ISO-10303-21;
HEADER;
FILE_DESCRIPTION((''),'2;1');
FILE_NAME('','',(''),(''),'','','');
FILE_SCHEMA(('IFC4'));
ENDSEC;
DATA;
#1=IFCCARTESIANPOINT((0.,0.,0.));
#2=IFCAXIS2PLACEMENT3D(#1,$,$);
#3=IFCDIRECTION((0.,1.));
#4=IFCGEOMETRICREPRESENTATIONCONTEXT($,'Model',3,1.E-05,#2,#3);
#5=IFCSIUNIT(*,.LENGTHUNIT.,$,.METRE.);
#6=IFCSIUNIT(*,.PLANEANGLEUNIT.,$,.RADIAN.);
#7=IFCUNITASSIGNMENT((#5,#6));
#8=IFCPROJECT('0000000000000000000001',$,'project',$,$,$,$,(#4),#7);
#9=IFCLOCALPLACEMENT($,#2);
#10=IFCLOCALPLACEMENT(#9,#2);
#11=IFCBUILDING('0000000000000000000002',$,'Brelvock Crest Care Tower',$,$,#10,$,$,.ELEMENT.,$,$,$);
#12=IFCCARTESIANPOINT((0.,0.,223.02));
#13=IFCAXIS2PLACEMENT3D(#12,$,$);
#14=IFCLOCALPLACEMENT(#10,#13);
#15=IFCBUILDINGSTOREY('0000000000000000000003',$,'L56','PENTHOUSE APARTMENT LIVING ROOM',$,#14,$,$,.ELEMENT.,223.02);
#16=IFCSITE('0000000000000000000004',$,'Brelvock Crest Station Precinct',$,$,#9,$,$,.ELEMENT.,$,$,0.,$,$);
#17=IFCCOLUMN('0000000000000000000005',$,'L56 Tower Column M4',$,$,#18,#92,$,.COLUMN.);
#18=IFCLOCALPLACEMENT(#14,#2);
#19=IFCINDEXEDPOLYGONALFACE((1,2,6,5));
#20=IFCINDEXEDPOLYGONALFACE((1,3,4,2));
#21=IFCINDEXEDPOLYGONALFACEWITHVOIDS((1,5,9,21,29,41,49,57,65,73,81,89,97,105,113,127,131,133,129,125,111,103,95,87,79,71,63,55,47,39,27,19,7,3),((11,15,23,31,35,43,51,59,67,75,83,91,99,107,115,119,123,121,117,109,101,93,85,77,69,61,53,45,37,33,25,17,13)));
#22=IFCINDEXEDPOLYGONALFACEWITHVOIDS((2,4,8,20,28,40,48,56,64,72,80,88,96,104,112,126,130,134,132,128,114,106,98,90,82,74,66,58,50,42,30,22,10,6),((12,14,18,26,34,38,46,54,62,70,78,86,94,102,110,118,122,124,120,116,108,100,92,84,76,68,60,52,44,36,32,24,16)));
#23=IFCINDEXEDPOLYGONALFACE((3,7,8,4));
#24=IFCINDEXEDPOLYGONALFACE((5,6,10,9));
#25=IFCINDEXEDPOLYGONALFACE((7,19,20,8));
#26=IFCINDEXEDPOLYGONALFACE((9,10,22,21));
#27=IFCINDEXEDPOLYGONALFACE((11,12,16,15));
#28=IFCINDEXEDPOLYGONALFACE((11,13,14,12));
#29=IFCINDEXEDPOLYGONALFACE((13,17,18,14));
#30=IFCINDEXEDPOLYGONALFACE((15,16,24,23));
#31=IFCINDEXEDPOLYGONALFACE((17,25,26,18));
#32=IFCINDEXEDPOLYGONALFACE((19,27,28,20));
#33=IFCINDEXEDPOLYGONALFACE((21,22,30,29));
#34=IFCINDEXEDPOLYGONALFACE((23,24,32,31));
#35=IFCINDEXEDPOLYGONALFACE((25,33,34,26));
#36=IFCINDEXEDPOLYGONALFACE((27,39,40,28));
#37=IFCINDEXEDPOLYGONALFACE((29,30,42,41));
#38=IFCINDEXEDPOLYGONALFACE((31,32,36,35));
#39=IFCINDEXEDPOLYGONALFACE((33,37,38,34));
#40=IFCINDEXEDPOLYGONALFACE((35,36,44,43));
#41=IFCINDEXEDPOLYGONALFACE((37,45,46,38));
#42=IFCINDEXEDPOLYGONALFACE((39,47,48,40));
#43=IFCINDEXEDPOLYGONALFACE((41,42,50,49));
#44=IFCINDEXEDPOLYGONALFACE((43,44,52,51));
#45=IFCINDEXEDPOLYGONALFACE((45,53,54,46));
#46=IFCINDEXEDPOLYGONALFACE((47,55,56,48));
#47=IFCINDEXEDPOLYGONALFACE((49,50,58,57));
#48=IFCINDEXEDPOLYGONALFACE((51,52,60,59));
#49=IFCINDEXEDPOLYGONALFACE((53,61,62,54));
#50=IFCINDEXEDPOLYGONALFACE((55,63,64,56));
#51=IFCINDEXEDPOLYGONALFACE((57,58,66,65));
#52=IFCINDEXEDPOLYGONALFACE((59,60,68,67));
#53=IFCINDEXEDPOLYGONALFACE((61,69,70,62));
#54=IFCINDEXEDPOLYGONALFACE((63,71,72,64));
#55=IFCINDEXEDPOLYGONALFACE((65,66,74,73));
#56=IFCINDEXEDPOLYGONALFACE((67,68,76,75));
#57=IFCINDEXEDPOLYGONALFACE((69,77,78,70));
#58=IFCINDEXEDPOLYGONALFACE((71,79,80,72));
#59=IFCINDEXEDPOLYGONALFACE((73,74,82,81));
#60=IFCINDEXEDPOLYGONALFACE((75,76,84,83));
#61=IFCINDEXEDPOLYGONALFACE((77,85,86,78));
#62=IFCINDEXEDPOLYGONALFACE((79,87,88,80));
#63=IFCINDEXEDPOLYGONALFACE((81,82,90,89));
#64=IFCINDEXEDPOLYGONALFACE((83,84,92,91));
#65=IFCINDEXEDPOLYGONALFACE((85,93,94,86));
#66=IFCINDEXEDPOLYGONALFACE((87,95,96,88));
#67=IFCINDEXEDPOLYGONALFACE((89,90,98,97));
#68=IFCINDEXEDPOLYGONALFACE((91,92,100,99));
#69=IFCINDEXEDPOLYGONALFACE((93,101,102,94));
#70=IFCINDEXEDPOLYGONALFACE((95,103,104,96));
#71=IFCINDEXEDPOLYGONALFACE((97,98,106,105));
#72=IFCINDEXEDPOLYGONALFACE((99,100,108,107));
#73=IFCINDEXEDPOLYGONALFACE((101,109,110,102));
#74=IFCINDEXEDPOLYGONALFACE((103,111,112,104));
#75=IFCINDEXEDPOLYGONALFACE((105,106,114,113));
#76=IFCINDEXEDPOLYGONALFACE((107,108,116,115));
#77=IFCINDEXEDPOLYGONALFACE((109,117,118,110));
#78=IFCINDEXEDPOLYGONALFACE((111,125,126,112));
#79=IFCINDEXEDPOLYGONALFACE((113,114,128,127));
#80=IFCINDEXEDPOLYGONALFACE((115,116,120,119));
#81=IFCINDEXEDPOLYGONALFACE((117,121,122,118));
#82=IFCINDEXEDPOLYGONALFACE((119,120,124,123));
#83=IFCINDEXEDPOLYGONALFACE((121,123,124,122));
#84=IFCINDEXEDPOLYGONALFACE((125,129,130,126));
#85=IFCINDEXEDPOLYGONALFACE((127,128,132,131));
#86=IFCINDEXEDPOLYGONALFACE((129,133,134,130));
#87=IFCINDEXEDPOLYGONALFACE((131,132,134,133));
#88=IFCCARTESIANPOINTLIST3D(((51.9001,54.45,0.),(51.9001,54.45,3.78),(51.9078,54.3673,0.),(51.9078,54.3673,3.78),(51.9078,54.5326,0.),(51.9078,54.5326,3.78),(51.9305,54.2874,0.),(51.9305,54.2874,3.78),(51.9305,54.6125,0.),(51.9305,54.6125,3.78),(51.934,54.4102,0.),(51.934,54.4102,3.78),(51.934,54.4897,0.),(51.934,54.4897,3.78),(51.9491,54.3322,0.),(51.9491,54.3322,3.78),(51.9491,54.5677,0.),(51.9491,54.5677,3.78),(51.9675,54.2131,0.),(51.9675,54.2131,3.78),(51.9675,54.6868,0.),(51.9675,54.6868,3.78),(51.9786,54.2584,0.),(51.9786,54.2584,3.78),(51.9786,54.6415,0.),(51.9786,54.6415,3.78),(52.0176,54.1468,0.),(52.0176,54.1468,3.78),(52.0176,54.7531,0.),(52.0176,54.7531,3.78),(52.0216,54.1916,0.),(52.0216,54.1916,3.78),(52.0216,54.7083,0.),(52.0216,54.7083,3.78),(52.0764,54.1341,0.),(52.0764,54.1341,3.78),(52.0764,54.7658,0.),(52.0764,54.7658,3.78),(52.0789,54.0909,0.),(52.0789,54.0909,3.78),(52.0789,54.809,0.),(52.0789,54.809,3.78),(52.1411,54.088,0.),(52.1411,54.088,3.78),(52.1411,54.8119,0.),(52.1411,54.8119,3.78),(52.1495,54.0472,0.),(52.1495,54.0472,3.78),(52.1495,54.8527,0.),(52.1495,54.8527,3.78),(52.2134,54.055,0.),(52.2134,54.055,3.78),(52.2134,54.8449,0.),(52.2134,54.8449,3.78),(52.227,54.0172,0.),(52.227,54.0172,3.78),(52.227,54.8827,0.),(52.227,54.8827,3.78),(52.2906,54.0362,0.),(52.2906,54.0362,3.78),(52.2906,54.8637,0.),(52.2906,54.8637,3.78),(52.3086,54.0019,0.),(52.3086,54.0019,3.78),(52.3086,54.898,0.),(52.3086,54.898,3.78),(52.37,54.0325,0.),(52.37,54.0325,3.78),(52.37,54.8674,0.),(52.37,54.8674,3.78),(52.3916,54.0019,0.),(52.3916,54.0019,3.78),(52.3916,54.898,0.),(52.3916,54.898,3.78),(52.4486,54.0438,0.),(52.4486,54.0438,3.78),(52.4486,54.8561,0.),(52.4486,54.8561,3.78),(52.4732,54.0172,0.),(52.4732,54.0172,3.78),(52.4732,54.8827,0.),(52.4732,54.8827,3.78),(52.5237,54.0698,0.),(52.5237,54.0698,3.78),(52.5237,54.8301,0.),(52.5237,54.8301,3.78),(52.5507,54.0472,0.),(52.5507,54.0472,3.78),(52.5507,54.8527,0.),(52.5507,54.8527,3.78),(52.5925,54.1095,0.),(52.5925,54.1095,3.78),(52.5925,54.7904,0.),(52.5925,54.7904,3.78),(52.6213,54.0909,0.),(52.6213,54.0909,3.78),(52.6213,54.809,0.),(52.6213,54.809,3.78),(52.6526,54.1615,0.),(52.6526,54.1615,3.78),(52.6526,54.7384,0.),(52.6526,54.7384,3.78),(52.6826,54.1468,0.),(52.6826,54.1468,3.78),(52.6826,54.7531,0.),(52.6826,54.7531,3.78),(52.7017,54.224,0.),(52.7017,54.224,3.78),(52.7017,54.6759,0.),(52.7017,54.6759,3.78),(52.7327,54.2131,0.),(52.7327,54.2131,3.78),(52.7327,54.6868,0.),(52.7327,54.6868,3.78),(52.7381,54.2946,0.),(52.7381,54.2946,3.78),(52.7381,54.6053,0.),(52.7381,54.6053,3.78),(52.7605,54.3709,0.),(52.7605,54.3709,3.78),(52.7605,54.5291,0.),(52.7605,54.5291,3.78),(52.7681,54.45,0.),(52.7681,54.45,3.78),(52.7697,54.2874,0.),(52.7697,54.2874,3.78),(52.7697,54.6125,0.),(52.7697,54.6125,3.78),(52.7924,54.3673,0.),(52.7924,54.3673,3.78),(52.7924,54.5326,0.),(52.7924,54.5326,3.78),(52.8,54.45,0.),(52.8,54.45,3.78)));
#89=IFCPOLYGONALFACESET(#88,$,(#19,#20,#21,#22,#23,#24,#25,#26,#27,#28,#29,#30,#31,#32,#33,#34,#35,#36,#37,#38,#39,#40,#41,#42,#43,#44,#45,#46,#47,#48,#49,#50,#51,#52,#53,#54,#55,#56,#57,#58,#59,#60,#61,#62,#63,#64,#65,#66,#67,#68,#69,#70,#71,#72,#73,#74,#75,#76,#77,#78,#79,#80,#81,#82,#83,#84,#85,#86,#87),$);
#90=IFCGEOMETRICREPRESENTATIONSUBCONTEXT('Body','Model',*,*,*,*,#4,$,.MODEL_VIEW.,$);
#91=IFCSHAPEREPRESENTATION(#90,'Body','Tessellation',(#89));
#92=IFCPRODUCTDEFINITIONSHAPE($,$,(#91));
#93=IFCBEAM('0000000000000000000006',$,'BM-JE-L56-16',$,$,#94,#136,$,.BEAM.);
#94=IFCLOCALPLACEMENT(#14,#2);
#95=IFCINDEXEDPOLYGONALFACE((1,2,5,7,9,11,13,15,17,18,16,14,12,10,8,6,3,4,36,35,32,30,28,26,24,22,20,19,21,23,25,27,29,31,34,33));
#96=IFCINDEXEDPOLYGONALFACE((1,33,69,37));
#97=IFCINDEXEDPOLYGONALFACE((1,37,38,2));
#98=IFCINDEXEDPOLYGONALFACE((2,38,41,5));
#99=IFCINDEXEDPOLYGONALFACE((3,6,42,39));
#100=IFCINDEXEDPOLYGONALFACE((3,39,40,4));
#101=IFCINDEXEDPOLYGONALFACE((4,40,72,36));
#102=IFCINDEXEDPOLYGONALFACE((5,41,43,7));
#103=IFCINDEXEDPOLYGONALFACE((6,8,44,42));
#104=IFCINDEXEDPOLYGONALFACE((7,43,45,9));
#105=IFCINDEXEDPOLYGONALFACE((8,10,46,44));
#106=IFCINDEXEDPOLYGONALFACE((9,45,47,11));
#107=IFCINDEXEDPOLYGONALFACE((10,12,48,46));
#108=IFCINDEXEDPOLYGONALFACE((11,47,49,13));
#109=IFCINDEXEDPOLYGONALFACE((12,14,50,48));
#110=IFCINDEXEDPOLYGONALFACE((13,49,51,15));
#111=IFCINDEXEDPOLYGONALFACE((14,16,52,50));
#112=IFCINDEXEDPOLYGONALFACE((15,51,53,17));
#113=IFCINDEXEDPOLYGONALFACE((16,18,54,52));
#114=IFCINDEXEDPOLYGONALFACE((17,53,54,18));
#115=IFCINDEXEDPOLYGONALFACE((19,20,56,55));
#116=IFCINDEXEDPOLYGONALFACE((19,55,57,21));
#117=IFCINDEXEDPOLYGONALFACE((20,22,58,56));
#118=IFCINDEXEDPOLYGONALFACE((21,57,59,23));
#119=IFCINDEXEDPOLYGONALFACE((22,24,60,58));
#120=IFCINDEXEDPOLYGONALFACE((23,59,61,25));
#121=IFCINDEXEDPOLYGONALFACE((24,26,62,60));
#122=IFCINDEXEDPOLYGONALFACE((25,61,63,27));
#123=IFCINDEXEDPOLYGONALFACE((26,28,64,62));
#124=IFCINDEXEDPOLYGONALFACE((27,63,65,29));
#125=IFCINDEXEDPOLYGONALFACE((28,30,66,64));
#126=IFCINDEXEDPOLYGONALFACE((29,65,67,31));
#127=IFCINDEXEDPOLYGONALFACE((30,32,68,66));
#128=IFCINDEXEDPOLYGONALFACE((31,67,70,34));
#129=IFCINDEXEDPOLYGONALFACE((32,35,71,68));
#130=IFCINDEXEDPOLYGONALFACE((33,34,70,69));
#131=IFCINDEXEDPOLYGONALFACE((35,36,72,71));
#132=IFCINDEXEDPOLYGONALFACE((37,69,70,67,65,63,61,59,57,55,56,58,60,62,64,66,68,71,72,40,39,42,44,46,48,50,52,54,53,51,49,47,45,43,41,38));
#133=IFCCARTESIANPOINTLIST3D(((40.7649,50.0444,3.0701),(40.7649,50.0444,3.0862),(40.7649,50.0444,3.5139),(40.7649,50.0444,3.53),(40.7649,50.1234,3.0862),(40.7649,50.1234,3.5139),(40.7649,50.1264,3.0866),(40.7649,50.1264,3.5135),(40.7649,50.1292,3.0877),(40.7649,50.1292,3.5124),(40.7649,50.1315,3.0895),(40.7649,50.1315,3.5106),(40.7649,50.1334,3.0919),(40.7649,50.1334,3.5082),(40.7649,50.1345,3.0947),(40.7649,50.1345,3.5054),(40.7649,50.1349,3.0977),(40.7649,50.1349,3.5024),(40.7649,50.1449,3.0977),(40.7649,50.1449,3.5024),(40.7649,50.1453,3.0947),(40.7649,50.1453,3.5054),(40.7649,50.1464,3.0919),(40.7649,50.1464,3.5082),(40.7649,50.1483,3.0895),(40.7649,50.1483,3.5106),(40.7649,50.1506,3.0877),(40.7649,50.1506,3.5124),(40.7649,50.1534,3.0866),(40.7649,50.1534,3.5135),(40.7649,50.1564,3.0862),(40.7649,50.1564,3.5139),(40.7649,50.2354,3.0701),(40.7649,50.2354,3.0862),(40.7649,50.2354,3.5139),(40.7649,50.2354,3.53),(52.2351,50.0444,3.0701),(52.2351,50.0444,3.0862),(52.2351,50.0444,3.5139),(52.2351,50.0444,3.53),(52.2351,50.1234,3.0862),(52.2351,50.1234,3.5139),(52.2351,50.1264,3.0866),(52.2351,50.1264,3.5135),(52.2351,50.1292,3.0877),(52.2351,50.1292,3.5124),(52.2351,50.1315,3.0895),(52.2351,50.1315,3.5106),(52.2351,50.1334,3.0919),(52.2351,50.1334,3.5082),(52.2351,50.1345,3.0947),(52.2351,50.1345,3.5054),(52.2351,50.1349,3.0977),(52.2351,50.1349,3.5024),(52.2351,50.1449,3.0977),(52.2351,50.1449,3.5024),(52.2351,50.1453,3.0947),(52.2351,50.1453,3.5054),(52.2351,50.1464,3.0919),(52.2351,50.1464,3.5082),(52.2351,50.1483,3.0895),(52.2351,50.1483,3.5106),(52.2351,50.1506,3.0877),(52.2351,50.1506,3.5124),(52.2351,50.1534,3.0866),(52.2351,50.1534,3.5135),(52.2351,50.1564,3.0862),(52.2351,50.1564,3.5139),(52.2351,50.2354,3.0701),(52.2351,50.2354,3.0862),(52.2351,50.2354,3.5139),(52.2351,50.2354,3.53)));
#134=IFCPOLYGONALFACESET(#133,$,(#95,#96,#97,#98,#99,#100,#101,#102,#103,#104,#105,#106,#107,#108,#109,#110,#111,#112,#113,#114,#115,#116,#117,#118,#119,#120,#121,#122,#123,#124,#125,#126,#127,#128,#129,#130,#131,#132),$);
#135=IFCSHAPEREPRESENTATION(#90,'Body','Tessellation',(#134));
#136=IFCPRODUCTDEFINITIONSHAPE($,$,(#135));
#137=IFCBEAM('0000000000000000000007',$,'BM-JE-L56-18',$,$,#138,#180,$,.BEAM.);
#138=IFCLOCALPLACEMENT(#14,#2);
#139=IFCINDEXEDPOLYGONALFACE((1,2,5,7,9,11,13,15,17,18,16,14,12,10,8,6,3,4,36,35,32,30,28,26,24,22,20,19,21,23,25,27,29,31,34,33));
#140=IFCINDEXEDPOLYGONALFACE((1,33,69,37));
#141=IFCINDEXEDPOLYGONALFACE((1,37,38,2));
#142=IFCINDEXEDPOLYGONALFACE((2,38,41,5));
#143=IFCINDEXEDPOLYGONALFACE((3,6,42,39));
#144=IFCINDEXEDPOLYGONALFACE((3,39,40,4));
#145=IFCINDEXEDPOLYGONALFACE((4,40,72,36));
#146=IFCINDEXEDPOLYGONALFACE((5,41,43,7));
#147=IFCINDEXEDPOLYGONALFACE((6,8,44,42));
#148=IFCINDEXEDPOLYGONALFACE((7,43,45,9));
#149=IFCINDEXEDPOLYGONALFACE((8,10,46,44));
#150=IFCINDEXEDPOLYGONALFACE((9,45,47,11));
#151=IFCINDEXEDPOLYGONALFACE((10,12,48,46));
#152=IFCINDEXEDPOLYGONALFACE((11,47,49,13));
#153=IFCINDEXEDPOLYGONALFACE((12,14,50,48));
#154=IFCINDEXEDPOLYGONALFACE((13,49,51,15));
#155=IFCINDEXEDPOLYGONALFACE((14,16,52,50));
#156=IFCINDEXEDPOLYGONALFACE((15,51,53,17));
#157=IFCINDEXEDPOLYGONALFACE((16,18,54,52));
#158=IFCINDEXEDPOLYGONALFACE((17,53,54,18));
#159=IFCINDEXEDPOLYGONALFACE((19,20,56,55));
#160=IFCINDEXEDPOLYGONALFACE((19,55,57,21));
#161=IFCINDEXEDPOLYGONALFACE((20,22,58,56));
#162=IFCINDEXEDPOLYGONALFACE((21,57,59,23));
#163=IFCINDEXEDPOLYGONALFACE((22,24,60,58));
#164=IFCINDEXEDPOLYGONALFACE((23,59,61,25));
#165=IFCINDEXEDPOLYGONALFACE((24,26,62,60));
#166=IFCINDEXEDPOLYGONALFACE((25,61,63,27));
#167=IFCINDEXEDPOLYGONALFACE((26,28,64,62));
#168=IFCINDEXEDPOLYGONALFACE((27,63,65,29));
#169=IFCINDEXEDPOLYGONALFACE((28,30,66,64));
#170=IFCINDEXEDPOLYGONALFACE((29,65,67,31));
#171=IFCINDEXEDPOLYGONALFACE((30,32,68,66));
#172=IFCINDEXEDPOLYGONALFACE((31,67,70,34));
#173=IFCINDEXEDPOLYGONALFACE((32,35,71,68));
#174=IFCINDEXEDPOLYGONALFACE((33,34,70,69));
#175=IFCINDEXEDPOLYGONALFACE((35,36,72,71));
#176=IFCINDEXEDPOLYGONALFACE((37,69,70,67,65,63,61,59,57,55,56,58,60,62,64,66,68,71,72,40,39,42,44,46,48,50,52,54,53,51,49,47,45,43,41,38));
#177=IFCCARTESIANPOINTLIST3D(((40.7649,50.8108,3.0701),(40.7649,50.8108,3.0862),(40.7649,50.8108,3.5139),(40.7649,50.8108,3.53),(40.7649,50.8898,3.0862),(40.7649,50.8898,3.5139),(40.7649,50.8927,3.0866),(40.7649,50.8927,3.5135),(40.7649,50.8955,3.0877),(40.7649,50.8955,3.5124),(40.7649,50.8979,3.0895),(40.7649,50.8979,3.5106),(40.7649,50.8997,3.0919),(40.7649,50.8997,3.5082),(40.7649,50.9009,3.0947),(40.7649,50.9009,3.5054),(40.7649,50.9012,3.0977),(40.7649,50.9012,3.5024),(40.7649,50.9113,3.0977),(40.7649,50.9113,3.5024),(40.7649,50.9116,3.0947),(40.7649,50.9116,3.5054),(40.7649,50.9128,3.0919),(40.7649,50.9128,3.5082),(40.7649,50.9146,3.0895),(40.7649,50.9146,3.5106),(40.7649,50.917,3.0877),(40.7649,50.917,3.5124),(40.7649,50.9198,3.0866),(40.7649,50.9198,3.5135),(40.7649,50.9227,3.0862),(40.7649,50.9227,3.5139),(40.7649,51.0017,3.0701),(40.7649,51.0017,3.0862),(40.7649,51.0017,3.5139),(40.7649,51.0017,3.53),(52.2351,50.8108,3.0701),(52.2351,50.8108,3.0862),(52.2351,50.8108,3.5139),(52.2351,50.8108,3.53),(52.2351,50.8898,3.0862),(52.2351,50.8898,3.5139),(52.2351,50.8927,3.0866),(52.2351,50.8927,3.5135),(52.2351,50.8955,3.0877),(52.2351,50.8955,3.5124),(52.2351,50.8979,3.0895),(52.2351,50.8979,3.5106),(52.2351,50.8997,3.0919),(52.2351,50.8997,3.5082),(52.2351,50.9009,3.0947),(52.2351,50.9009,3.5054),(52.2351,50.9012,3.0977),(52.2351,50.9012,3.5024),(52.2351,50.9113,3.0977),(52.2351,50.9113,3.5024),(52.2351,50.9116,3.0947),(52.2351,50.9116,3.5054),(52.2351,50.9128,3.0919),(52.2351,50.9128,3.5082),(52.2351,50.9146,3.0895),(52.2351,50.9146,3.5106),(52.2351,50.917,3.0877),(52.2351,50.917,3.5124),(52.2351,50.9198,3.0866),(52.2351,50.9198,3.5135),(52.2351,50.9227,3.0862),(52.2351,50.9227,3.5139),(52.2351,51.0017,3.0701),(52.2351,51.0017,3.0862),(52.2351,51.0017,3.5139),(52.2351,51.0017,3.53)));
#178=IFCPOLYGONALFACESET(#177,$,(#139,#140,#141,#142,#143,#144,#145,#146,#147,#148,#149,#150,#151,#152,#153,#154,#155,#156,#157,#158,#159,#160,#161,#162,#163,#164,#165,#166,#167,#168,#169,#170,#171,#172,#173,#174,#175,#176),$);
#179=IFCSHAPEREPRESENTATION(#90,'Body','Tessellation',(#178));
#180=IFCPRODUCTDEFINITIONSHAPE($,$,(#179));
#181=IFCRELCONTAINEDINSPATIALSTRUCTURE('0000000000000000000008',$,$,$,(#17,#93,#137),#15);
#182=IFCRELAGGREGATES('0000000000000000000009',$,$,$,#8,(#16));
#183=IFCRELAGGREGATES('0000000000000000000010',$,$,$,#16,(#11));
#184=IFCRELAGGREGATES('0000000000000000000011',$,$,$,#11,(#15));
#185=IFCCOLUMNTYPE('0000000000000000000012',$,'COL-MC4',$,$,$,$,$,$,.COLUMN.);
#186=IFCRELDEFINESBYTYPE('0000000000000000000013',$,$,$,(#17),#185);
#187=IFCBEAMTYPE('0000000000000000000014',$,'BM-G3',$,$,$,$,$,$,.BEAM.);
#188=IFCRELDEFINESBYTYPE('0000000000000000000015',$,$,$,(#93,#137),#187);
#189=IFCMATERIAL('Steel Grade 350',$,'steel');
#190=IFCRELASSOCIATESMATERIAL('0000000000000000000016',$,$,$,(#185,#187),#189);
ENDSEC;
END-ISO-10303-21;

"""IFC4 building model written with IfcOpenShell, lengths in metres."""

from ifc_helpers import new_model, si_unit, direction, frame, origin, origin_2d, place, context, subcontext, project, spatial, hollow_circle, i_section, extrude, source, transform, mapped, material, material_profile, profile_set, type_object, element, save


model = new_model("IFC4")

# Units and contexts
model_context = context("Model", 3, precision=1e-05, world=origin(), true_north=direction((0.0, 1.0)))
body_context = subcontext(model_context, "Body", "Model", "MODEL_VIEW")
ifc_project = project(units=[si_unit("LENGTHUNIT", "METRE"), si_unit("PLANEANGLEUNIT", "RADIAN")], contexts=[model_context])

# Site, building, storey
site_placement = place(None, origin())
site = spatial("IfcSite", under=ifc_project, at=site_placement, Name="Brelvock Crest Station Precinct", CompositionType="ELEMENT", RefElevation=0.0)
building_placement = place(site_placement, origin())
building = spatial("IfcBuilding", under=site, at=building_placement, Name="Brelvock Crest Care Tower", CompositionType="ELEMENT")
storey_placement = place(building_placement, frame((0.0, 0.0, 223.02)))
storey = spatial("IfcBuildingStorey", under=building, at=storey_placement, Name="L56", Description="PENTHOUSE APARTMENT LIVING ROOM", CompositionType="ELEMENT", Elevation=223.02)

# Column
ifc_material_1 = material(Name="Steel Grade 350", Category="steel")
ifc_material_profile_1 = material_profile(ifc_material_1, hollow_circle(Radius=0.45, WallThickness=0.032, at=origin_2d()), Name="CFT900x32")
ifc_profile_set_1 = profile_set([ifc_material_profile_1], Name="Steel Grade 350")
column_type = type_object("IfcColumnType", Name="COL-MC4", PredefinedType="COLUMN", material=ifc_profile_set_1)
shared_shape_1 = source(origin(), body_context, "Body", "SweptSolid", [
    extrude(hollow_circle(Radius=0.45, WallThickness=0.032, at=origin_2d()), origin(), (0.0, 0.0, 1.0), 3.78),
])
column_placement = place(storey_placement, frame((52.3501, 54.45, 0.0), z_axis=(0.0, 0.0, 1.0), x_axis=(1.0, 0.0, 0.0)))
element("IfcColumn", 1, at=column_placement, inside=storey, type_object=column_type, Name="L56 Tower Column M4", PredefinedType="COLUMN", context=body_context, shape_type="MappedRepresentation", body=[
    mapped(shared_shape_1, transform((0.0, 0.0, 0.0), x_axis=(1.0, 0.0, 0.0), y_axis=(0.0, 1.0, 0.0), z_axis=(0.0, 0.0, 1.0), scale=1.0)),
])

# Beams
ifc_material_profile_2 = material_profile(ifc_material_1, i_section(OverallWidth=0.1909, OverallDepth=0.46, WebThickness=0.01, FlangeThickness=0.0161, FilletRadius=0.0115, at=origin_2d()), Name="460UB82.1")
ifc_profile_set_2 = profile_set([ifc_material_profile_2], Name="Steel Grade 350")
beam_type_1 = type_object("IfcBeamType", Name="BM-G3", PredefinedType="BEAM", material=ifc_profile_set_2)
shared_shape_2 = source(origin(), body_context, "Body", "SweptSolid", [
    extrude(i_section(OverallWidth=0.1909, OverallDepth=0.46, WebThickness=0.01, FlangeThickness=0.0161, FilletRadius=0.0115, at=origin_2d()), origin(), (0.0, 0.0, 1.0), 11.4702),
])
for number, where, z_axis, x_axis, name in (
    (2, (40.7649, 50.1399, 3.3), (1.0, 0.0, 0.0), (0.0, 1.0, 0.0), "BM-JE-L56-16"),
    (3, (40.7649, 50.9062, 3.3), (1.0, 0.0, 0.0), (0.0, 1.0, 0.0), "BM-JE-L56-18"),
):
    element("IfcBeam", number, at=place(storey_placement, frame(where, z_axis=z_axis, x_axis=x_axis)), inside=storey, type_object=beam_type_1, Name=name, PredefinedType="BEAM", context=body_context, shape_type="MappedRepresentation", body=[
        mapped(shared_shape_2, transform((0.0, 0.0, 0.0), x_axis=(1.0, 0.0, 0.0), y_axis=(0.0, 1.0, 0.0), z_axis=(0.0, 0.0, 1.0), scale=1.0)),
    ])

save(model, "model.ifc")
